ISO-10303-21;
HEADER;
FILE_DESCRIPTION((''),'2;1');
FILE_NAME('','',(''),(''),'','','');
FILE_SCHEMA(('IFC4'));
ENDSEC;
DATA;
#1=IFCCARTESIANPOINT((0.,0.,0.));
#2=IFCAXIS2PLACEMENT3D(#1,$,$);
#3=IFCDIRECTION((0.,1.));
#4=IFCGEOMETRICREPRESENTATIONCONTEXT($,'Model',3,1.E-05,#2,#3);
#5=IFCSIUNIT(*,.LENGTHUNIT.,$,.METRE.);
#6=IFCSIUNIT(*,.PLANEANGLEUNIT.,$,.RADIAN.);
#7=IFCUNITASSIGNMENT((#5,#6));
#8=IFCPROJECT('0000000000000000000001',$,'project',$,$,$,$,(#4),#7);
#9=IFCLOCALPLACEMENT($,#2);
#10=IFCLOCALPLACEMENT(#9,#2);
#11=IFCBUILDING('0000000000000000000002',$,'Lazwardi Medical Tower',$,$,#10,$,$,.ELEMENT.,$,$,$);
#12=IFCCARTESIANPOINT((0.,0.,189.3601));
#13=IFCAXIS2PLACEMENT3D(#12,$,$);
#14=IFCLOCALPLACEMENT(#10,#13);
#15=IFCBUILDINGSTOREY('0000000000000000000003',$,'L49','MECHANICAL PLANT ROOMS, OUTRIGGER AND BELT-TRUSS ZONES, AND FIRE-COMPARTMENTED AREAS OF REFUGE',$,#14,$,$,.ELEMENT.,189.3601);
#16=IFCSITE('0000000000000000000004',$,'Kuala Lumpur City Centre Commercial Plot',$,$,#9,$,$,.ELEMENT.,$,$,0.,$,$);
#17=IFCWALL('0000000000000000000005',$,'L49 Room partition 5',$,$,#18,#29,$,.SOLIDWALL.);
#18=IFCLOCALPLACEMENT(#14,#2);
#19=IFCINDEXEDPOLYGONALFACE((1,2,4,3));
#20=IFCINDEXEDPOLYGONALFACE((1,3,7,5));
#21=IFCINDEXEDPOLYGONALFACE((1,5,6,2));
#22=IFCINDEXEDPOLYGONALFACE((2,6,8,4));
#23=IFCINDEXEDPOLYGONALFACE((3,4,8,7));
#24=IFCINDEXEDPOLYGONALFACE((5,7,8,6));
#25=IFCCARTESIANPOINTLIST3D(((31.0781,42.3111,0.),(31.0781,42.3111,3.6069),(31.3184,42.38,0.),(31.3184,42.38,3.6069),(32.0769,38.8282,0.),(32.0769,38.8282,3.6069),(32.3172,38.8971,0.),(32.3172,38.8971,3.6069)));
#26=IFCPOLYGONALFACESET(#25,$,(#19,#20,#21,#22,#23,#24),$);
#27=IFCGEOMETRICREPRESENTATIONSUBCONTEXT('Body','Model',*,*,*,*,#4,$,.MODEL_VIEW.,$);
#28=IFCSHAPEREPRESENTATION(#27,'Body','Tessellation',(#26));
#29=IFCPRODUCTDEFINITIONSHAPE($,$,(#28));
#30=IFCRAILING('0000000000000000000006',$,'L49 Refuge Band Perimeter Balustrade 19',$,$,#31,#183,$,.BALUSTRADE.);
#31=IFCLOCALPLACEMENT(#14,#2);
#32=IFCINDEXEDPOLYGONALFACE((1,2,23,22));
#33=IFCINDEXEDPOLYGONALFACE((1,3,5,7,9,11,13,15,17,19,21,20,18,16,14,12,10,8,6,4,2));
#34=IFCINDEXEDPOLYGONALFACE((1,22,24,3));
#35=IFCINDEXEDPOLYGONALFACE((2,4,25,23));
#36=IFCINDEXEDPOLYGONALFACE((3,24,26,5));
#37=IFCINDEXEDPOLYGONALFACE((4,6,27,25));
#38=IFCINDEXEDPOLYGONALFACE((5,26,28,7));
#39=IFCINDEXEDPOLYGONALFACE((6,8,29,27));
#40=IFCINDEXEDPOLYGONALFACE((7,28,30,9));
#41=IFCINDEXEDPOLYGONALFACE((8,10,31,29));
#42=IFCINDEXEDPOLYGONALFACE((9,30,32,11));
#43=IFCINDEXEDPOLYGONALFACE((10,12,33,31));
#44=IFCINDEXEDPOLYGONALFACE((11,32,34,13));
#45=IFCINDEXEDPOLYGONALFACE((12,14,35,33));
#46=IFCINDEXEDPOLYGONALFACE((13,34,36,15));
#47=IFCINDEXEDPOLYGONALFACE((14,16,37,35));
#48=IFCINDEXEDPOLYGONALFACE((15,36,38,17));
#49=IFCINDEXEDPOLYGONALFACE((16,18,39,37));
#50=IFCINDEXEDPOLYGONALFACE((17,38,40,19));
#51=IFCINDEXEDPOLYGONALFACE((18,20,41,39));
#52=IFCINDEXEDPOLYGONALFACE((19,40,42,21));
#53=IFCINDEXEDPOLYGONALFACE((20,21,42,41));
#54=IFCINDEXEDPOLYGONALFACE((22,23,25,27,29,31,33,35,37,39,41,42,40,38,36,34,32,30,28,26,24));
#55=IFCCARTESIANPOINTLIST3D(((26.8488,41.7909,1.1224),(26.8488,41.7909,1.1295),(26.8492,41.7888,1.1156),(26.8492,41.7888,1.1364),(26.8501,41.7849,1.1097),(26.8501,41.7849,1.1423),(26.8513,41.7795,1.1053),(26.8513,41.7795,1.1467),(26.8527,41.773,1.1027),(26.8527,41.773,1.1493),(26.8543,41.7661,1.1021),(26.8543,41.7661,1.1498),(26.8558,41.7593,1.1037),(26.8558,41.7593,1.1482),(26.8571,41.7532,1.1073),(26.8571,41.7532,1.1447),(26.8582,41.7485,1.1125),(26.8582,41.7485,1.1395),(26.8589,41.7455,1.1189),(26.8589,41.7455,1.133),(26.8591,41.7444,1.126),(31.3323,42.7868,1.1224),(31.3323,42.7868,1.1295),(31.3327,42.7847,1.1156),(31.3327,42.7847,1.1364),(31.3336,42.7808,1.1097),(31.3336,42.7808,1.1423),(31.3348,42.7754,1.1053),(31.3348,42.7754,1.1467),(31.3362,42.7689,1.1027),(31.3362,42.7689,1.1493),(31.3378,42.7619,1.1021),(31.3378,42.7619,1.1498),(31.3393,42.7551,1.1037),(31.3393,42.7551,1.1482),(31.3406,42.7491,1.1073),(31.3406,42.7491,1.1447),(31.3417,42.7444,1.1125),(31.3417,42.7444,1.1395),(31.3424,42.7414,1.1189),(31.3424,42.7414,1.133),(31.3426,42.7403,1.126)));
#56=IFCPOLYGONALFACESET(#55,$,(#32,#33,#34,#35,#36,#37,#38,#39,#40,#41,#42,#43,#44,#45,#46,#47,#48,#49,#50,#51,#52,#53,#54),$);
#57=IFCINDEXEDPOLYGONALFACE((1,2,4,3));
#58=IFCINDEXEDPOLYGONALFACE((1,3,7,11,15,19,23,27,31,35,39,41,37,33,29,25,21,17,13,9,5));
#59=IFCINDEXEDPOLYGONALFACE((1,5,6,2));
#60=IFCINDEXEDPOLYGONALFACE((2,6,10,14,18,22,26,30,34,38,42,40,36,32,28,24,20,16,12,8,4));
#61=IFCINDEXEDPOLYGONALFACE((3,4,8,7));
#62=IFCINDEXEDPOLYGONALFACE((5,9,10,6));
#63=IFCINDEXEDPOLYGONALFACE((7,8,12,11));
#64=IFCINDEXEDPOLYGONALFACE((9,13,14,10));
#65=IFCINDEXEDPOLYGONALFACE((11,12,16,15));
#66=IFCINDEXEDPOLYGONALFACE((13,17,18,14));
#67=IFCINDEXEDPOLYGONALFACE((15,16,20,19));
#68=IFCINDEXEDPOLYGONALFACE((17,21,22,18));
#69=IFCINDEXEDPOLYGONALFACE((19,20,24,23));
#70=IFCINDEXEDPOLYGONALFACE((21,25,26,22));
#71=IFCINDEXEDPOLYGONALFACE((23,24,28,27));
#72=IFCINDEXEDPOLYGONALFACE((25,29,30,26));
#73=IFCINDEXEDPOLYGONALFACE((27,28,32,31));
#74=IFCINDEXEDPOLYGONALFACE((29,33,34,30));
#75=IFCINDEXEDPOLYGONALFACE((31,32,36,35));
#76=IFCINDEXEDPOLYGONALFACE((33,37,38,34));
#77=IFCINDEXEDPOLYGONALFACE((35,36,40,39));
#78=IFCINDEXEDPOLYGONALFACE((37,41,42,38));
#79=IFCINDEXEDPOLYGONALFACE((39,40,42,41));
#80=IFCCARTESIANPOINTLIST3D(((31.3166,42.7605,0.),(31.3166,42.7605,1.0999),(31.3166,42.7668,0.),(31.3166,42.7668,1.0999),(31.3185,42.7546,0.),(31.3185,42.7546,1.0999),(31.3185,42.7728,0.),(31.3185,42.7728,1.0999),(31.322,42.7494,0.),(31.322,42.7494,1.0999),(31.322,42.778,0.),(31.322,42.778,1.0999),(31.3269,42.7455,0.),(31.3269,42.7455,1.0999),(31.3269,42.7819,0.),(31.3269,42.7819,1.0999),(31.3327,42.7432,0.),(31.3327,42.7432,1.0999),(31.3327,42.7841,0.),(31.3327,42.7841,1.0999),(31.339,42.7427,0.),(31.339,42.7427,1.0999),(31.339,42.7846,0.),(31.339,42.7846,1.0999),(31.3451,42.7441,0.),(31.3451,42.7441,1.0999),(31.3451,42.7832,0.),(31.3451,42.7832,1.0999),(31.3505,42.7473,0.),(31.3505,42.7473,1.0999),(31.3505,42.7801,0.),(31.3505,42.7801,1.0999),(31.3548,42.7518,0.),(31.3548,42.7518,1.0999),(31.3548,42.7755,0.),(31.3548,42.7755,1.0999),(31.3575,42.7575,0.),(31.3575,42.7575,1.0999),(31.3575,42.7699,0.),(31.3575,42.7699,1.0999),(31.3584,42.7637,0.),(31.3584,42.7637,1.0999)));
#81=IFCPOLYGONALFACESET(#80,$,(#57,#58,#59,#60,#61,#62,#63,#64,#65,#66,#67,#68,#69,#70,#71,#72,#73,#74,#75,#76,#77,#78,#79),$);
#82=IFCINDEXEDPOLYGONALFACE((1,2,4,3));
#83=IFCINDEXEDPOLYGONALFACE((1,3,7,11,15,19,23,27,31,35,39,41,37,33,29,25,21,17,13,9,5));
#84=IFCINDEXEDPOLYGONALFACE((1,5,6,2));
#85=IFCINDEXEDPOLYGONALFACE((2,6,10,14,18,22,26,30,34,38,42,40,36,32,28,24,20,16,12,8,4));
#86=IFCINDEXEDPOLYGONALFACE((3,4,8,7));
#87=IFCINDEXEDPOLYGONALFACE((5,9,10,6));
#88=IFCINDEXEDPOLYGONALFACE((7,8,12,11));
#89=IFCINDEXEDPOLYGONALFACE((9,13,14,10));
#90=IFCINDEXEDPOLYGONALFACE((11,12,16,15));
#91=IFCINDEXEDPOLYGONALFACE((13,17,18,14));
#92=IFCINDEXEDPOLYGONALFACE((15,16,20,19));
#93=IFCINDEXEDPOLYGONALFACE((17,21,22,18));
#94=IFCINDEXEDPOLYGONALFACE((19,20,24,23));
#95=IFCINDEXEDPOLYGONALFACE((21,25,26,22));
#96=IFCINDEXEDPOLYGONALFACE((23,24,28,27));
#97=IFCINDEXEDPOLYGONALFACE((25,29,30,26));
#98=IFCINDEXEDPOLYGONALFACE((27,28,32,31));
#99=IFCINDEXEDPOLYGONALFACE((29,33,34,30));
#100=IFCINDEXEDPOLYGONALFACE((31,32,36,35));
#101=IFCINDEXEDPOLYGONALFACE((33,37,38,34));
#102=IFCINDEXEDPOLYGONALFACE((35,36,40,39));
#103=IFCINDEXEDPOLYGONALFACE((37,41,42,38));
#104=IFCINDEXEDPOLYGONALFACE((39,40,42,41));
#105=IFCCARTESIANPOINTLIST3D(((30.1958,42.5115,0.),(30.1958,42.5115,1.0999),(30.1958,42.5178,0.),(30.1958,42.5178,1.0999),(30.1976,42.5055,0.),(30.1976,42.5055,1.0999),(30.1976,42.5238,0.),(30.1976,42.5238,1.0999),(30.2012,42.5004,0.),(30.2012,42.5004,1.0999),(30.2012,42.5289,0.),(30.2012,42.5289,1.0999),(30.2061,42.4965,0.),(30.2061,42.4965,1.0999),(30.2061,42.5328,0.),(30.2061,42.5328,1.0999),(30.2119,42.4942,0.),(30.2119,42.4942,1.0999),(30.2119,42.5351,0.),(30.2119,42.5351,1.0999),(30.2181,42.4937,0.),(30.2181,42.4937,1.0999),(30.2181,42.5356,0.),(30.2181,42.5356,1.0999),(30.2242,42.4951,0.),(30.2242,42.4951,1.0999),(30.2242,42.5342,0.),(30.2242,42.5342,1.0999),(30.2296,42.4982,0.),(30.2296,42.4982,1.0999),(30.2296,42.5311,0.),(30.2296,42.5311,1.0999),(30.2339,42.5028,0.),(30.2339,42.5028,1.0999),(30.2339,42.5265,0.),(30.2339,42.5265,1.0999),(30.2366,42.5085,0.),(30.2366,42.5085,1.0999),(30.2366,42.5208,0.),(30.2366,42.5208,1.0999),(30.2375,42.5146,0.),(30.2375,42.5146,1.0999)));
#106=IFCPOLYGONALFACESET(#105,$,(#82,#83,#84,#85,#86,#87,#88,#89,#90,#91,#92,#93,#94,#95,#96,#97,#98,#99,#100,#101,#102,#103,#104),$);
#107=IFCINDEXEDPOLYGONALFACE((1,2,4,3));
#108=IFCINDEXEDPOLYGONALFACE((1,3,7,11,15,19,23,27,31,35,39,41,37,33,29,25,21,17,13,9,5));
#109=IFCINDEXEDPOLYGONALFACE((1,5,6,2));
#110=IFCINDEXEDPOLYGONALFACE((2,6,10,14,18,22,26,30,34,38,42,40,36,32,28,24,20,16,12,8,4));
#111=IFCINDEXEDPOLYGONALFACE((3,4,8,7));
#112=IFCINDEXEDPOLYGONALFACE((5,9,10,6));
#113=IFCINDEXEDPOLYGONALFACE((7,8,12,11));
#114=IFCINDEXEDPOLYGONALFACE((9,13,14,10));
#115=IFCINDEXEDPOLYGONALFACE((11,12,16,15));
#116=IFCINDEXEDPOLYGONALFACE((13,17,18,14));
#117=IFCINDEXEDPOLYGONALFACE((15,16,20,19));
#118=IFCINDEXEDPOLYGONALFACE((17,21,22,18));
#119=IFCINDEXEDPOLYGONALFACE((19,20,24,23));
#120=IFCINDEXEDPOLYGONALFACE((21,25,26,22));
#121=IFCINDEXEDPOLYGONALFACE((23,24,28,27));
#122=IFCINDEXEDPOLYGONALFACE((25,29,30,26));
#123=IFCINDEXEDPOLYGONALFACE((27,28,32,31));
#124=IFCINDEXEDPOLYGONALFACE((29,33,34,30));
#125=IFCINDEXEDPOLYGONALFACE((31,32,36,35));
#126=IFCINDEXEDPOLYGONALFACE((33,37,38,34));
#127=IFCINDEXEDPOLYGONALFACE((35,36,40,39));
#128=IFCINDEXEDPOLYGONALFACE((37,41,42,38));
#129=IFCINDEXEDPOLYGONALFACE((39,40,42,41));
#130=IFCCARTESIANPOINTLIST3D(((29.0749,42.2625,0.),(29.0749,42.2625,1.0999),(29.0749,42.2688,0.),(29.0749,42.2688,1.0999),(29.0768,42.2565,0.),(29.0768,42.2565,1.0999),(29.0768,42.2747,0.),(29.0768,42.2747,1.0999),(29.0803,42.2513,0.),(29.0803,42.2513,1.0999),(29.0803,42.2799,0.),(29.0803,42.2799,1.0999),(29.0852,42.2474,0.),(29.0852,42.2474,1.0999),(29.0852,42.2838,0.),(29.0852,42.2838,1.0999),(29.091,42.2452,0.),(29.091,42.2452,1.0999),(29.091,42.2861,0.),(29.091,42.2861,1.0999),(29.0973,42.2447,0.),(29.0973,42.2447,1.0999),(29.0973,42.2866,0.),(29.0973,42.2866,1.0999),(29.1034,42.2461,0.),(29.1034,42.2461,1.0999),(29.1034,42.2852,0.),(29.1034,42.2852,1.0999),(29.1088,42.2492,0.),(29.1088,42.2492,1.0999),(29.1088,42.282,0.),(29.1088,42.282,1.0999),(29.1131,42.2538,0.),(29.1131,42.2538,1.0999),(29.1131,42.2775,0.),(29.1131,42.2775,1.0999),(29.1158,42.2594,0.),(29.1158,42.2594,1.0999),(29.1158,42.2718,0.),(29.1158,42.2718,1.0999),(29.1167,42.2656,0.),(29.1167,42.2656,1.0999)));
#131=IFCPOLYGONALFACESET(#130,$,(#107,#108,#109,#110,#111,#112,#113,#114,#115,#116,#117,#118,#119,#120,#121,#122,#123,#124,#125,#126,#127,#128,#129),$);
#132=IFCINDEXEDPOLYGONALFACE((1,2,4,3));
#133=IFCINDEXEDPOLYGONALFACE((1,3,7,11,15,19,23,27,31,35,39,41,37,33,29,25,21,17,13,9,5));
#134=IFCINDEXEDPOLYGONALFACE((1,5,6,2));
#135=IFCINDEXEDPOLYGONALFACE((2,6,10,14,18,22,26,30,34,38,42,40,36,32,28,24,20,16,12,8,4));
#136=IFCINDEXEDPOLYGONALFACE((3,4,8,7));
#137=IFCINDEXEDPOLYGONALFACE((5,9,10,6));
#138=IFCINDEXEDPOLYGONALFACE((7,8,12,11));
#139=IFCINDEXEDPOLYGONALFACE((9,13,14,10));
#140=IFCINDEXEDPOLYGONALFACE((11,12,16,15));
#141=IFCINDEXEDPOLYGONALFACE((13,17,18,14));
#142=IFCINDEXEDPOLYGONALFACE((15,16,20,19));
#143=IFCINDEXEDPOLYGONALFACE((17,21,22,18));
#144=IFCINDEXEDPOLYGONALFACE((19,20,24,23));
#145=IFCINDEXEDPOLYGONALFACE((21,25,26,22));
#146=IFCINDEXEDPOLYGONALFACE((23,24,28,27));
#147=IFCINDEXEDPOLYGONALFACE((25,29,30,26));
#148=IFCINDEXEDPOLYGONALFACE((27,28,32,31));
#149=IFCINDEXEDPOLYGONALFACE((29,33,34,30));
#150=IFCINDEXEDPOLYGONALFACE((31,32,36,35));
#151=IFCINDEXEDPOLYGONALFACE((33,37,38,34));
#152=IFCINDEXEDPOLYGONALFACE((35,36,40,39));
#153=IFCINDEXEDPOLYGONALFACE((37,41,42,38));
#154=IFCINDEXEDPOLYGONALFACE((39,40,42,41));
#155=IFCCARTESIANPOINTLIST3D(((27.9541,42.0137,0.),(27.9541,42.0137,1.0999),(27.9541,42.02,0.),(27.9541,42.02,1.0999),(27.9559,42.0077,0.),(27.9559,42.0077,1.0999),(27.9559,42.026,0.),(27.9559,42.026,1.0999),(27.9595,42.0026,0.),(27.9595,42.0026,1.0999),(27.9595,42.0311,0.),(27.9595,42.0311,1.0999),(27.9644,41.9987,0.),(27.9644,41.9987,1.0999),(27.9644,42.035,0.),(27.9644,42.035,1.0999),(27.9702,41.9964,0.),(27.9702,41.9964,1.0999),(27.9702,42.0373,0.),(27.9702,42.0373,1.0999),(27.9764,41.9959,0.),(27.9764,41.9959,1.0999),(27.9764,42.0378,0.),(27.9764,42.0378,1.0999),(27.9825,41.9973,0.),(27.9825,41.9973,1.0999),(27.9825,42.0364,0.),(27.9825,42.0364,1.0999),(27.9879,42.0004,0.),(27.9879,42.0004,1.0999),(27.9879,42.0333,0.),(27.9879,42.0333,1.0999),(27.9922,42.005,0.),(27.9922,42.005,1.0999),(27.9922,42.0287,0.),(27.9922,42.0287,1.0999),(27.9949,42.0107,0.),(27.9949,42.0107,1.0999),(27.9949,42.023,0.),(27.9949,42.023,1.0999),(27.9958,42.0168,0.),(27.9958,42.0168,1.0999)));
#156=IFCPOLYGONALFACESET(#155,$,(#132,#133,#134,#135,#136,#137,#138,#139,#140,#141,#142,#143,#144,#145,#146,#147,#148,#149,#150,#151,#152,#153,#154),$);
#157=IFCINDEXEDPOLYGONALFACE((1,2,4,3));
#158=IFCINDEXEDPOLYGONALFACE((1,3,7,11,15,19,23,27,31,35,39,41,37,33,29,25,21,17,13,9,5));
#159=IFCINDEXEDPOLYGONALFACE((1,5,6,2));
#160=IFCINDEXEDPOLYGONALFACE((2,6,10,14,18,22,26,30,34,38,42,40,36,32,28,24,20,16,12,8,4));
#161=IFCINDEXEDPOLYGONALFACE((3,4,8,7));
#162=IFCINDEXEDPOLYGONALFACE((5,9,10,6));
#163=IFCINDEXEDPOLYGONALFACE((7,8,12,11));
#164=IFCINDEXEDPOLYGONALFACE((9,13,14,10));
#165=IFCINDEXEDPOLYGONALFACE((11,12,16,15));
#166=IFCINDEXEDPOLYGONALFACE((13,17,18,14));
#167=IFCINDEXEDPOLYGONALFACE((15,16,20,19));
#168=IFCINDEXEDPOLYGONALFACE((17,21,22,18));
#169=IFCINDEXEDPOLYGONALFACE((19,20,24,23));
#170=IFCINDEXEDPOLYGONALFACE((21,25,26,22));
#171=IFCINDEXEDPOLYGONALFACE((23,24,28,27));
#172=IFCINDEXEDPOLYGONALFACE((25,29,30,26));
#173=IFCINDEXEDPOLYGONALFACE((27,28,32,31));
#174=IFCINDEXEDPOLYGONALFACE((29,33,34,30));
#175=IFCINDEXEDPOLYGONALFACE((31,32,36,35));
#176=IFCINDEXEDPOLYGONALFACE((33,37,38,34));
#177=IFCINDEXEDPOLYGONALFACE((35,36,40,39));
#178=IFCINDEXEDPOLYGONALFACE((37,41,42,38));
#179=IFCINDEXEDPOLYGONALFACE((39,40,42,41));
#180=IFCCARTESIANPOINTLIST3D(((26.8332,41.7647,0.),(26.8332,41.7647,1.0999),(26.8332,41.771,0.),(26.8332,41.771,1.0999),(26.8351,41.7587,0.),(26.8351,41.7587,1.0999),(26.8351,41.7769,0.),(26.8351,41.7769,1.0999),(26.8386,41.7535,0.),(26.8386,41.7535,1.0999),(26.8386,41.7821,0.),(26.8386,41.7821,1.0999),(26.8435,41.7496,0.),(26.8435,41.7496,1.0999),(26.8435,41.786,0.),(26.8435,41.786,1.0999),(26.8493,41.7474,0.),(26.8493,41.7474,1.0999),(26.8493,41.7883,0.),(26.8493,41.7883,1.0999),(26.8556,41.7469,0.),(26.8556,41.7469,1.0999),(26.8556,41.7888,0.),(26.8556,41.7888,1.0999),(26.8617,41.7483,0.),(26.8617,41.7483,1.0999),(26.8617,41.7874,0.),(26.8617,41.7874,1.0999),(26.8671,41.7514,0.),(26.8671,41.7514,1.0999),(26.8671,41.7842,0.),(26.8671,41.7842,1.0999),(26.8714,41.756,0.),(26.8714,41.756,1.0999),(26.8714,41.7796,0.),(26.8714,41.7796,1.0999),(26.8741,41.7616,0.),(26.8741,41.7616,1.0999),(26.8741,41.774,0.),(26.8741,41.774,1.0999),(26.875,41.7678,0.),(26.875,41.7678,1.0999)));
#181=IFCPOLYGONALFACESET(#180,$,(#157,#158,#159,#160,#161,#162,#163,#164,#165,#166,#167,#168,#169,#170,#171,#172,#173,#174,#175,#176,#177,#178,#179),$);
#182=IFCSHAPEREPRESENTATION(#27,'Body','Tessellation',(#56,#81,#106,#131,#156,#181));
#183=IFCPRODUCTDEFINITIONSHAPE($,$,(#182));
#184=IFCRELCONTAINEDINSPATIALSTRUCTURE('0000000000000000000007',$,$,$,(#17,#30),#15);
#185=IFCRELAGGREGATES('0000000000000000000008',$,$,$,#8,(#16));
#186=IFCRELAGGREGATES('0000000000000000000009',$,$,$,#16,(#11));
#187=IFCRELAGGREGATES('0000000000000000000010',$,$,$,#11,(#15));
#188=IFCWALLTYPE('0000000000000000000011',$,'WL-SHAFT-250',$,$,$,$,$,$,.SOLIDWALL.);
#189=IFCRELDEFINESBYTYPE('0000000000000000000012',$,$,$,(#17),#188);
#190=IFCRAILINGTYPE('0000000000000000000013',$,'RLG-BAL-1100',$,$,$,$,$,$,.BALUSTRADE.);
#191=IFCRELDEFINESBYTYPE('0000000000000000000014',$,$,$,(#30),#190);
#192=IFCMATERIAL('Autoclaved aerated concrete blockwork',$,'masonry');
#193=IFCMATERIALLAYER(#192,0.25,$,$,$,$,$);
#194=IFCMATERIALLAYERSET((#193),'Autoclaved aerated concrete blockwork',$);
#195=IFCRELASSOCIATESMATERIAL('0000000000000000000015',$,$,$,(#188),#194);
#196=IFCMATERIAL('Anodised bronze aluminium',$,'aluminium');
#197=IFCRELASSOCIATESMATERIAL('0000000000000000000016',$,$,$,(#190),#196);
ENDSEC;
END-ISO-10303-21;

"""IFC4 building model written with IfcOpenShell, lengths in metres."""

from ifc_helpers import new_model, si_unit, direction, frame, frame_2d, origin, origin_2d, place, context, subcontext, project, spatial, rectangle, circle, extrude, material, layer, layer_set, type_object, element, save


model = new_model("IFC4")

# Units and contexts
model_context = context("Model", 3, precision=1e-05, world=origin(), true_north=direction((0.0, 1.0)))
body_context = subcontext(model_context, "Body", "Model", "MODEL_VIEW")
ifc_project = project(units=[si_unit("LENGTHUNIT", "METRE"), si_unit("PLANEANGLEUNIT", "RADIAN")], contexts=[model_context])

# Site, building, storey
site_placement = place(None, origin())
site = spatial("IfcSite", under=ifc_project, at=site_placement, Name="Kuala Lumpur City Centre Commercial Plot", CompositionType="ELEMENT", RefElevation=0.0)
building_placement = place(site_placement, origin())
building = spatial("IfcBuilding", under=site, at=building_placement, Name="Lazwardi Medical Tower", CompositionType="ELEMENT")
storey_placement = place(building_placement, frame((0.0, 0.0, 189.3601)))
storey = spatial("IfcBuildingStorey", under=building, at=storey_placement, Name="L49", Description="MECHANICAL PLANT ROOMS, OUTRIGGER AND BELT-TRUSS ZONES, AND FIRE-COMPARTMENTED AREAS OF REFUGE", CompositionType="ELEMENT", Elevation=189.3601)

# Wall
ifc_material_1 = material(Name="Autoclaved aerated concrete blockwork", Category="masonry")
ifc_layer_1 = layer(ifc_material_1, 0.25)
ifc_layer_set_1 = layer_set([ifc_layer_1], Name="Autoclaved aerated concrete blockwork")
wall_type_1 = type_object("IfcWallType", Name="WL-SHAFT-250", PredefinedType="SOLIDWALL", material=ifc_layer_set_1)
wall_1_placement = place(storey_placement, frame((32.197, 38.8628, 0.0), z_axis=(0.0, 0.0, 1.0), x_axis=(-0.275655, 0.961257, 0.0)))
element("IfcWall", 1, at=wall_1_placement, inside=storey, type_object=wall_type_1, Name="L49 Room partition 5", PredefinedType="SOLIDWALL", context=body_context, shape_type="SweptSolid", body=[
    extrude(rectangle(XDim=3.6233, YDim=0.25, at=frame_2d((1.8115, 0.0))), origin(), (0.0, 0.0, 1.0), 3.6069),
])

# Railing
ifc_material_2 = material(Name="Anodised bronze aluminium", Category="aluminium")
railing_type = type_object("IfcRailingType", Name="RLG-BAL-1100", PredefinedType="BALUSTRADE", material=ifc_material_2)
railing_1_placement = place(storey_placement, frame((31.3374, 42.7637, 0.0)))
element("IfcRailing", 2, at=railing_1_placement, inside=storey, type_object=railing_type, Name="L49 Refuge Band Perimeter Balustrade 19", PredefinedType="BALUSTRADE", context=body_context, shape_type="SweptSolid", body=[
    extrude(circle(Radius=0.0239, at=origin_2d()), frame((0.0, 0.0, 1.126), z_axis=(-0.976208, -0.216835, 0.0), x_axis=(0.216835, -0.976208, 0.0)), (0.0, 0.0, 1.0), 4.5928),
    extrude(circle(Radius=0.021, at=origin_2d()), origin(), (0.0, 0.0, 1.0), 1.0999),
    extrude(circle(Radius=0.021, at=origin_2d()), frame((-1.1208, -0.249, 0.0)), (0.0, 0.0, 1.0), 1.0999),
    extrude(circle(Radius=0.021, at=origin_2d()), frame((-2.2417, -0.498, 0.0)), (0.0, 0.0, 1.0), 1.0999),
    extrude(circle(Radius=0.021, at=origin_2d()), frame((-3.3625, -0.7468, 0.0)), (0.0, 0.0, 1.0), 1.0999),
    extrude(circle(Radius=0.021, at=origin_2d()), frame((-4.4834, -0.9958, 0.0)), (0.0, 0.0, 1.0), 1.0999),
])

save(model, "model.ifc")
